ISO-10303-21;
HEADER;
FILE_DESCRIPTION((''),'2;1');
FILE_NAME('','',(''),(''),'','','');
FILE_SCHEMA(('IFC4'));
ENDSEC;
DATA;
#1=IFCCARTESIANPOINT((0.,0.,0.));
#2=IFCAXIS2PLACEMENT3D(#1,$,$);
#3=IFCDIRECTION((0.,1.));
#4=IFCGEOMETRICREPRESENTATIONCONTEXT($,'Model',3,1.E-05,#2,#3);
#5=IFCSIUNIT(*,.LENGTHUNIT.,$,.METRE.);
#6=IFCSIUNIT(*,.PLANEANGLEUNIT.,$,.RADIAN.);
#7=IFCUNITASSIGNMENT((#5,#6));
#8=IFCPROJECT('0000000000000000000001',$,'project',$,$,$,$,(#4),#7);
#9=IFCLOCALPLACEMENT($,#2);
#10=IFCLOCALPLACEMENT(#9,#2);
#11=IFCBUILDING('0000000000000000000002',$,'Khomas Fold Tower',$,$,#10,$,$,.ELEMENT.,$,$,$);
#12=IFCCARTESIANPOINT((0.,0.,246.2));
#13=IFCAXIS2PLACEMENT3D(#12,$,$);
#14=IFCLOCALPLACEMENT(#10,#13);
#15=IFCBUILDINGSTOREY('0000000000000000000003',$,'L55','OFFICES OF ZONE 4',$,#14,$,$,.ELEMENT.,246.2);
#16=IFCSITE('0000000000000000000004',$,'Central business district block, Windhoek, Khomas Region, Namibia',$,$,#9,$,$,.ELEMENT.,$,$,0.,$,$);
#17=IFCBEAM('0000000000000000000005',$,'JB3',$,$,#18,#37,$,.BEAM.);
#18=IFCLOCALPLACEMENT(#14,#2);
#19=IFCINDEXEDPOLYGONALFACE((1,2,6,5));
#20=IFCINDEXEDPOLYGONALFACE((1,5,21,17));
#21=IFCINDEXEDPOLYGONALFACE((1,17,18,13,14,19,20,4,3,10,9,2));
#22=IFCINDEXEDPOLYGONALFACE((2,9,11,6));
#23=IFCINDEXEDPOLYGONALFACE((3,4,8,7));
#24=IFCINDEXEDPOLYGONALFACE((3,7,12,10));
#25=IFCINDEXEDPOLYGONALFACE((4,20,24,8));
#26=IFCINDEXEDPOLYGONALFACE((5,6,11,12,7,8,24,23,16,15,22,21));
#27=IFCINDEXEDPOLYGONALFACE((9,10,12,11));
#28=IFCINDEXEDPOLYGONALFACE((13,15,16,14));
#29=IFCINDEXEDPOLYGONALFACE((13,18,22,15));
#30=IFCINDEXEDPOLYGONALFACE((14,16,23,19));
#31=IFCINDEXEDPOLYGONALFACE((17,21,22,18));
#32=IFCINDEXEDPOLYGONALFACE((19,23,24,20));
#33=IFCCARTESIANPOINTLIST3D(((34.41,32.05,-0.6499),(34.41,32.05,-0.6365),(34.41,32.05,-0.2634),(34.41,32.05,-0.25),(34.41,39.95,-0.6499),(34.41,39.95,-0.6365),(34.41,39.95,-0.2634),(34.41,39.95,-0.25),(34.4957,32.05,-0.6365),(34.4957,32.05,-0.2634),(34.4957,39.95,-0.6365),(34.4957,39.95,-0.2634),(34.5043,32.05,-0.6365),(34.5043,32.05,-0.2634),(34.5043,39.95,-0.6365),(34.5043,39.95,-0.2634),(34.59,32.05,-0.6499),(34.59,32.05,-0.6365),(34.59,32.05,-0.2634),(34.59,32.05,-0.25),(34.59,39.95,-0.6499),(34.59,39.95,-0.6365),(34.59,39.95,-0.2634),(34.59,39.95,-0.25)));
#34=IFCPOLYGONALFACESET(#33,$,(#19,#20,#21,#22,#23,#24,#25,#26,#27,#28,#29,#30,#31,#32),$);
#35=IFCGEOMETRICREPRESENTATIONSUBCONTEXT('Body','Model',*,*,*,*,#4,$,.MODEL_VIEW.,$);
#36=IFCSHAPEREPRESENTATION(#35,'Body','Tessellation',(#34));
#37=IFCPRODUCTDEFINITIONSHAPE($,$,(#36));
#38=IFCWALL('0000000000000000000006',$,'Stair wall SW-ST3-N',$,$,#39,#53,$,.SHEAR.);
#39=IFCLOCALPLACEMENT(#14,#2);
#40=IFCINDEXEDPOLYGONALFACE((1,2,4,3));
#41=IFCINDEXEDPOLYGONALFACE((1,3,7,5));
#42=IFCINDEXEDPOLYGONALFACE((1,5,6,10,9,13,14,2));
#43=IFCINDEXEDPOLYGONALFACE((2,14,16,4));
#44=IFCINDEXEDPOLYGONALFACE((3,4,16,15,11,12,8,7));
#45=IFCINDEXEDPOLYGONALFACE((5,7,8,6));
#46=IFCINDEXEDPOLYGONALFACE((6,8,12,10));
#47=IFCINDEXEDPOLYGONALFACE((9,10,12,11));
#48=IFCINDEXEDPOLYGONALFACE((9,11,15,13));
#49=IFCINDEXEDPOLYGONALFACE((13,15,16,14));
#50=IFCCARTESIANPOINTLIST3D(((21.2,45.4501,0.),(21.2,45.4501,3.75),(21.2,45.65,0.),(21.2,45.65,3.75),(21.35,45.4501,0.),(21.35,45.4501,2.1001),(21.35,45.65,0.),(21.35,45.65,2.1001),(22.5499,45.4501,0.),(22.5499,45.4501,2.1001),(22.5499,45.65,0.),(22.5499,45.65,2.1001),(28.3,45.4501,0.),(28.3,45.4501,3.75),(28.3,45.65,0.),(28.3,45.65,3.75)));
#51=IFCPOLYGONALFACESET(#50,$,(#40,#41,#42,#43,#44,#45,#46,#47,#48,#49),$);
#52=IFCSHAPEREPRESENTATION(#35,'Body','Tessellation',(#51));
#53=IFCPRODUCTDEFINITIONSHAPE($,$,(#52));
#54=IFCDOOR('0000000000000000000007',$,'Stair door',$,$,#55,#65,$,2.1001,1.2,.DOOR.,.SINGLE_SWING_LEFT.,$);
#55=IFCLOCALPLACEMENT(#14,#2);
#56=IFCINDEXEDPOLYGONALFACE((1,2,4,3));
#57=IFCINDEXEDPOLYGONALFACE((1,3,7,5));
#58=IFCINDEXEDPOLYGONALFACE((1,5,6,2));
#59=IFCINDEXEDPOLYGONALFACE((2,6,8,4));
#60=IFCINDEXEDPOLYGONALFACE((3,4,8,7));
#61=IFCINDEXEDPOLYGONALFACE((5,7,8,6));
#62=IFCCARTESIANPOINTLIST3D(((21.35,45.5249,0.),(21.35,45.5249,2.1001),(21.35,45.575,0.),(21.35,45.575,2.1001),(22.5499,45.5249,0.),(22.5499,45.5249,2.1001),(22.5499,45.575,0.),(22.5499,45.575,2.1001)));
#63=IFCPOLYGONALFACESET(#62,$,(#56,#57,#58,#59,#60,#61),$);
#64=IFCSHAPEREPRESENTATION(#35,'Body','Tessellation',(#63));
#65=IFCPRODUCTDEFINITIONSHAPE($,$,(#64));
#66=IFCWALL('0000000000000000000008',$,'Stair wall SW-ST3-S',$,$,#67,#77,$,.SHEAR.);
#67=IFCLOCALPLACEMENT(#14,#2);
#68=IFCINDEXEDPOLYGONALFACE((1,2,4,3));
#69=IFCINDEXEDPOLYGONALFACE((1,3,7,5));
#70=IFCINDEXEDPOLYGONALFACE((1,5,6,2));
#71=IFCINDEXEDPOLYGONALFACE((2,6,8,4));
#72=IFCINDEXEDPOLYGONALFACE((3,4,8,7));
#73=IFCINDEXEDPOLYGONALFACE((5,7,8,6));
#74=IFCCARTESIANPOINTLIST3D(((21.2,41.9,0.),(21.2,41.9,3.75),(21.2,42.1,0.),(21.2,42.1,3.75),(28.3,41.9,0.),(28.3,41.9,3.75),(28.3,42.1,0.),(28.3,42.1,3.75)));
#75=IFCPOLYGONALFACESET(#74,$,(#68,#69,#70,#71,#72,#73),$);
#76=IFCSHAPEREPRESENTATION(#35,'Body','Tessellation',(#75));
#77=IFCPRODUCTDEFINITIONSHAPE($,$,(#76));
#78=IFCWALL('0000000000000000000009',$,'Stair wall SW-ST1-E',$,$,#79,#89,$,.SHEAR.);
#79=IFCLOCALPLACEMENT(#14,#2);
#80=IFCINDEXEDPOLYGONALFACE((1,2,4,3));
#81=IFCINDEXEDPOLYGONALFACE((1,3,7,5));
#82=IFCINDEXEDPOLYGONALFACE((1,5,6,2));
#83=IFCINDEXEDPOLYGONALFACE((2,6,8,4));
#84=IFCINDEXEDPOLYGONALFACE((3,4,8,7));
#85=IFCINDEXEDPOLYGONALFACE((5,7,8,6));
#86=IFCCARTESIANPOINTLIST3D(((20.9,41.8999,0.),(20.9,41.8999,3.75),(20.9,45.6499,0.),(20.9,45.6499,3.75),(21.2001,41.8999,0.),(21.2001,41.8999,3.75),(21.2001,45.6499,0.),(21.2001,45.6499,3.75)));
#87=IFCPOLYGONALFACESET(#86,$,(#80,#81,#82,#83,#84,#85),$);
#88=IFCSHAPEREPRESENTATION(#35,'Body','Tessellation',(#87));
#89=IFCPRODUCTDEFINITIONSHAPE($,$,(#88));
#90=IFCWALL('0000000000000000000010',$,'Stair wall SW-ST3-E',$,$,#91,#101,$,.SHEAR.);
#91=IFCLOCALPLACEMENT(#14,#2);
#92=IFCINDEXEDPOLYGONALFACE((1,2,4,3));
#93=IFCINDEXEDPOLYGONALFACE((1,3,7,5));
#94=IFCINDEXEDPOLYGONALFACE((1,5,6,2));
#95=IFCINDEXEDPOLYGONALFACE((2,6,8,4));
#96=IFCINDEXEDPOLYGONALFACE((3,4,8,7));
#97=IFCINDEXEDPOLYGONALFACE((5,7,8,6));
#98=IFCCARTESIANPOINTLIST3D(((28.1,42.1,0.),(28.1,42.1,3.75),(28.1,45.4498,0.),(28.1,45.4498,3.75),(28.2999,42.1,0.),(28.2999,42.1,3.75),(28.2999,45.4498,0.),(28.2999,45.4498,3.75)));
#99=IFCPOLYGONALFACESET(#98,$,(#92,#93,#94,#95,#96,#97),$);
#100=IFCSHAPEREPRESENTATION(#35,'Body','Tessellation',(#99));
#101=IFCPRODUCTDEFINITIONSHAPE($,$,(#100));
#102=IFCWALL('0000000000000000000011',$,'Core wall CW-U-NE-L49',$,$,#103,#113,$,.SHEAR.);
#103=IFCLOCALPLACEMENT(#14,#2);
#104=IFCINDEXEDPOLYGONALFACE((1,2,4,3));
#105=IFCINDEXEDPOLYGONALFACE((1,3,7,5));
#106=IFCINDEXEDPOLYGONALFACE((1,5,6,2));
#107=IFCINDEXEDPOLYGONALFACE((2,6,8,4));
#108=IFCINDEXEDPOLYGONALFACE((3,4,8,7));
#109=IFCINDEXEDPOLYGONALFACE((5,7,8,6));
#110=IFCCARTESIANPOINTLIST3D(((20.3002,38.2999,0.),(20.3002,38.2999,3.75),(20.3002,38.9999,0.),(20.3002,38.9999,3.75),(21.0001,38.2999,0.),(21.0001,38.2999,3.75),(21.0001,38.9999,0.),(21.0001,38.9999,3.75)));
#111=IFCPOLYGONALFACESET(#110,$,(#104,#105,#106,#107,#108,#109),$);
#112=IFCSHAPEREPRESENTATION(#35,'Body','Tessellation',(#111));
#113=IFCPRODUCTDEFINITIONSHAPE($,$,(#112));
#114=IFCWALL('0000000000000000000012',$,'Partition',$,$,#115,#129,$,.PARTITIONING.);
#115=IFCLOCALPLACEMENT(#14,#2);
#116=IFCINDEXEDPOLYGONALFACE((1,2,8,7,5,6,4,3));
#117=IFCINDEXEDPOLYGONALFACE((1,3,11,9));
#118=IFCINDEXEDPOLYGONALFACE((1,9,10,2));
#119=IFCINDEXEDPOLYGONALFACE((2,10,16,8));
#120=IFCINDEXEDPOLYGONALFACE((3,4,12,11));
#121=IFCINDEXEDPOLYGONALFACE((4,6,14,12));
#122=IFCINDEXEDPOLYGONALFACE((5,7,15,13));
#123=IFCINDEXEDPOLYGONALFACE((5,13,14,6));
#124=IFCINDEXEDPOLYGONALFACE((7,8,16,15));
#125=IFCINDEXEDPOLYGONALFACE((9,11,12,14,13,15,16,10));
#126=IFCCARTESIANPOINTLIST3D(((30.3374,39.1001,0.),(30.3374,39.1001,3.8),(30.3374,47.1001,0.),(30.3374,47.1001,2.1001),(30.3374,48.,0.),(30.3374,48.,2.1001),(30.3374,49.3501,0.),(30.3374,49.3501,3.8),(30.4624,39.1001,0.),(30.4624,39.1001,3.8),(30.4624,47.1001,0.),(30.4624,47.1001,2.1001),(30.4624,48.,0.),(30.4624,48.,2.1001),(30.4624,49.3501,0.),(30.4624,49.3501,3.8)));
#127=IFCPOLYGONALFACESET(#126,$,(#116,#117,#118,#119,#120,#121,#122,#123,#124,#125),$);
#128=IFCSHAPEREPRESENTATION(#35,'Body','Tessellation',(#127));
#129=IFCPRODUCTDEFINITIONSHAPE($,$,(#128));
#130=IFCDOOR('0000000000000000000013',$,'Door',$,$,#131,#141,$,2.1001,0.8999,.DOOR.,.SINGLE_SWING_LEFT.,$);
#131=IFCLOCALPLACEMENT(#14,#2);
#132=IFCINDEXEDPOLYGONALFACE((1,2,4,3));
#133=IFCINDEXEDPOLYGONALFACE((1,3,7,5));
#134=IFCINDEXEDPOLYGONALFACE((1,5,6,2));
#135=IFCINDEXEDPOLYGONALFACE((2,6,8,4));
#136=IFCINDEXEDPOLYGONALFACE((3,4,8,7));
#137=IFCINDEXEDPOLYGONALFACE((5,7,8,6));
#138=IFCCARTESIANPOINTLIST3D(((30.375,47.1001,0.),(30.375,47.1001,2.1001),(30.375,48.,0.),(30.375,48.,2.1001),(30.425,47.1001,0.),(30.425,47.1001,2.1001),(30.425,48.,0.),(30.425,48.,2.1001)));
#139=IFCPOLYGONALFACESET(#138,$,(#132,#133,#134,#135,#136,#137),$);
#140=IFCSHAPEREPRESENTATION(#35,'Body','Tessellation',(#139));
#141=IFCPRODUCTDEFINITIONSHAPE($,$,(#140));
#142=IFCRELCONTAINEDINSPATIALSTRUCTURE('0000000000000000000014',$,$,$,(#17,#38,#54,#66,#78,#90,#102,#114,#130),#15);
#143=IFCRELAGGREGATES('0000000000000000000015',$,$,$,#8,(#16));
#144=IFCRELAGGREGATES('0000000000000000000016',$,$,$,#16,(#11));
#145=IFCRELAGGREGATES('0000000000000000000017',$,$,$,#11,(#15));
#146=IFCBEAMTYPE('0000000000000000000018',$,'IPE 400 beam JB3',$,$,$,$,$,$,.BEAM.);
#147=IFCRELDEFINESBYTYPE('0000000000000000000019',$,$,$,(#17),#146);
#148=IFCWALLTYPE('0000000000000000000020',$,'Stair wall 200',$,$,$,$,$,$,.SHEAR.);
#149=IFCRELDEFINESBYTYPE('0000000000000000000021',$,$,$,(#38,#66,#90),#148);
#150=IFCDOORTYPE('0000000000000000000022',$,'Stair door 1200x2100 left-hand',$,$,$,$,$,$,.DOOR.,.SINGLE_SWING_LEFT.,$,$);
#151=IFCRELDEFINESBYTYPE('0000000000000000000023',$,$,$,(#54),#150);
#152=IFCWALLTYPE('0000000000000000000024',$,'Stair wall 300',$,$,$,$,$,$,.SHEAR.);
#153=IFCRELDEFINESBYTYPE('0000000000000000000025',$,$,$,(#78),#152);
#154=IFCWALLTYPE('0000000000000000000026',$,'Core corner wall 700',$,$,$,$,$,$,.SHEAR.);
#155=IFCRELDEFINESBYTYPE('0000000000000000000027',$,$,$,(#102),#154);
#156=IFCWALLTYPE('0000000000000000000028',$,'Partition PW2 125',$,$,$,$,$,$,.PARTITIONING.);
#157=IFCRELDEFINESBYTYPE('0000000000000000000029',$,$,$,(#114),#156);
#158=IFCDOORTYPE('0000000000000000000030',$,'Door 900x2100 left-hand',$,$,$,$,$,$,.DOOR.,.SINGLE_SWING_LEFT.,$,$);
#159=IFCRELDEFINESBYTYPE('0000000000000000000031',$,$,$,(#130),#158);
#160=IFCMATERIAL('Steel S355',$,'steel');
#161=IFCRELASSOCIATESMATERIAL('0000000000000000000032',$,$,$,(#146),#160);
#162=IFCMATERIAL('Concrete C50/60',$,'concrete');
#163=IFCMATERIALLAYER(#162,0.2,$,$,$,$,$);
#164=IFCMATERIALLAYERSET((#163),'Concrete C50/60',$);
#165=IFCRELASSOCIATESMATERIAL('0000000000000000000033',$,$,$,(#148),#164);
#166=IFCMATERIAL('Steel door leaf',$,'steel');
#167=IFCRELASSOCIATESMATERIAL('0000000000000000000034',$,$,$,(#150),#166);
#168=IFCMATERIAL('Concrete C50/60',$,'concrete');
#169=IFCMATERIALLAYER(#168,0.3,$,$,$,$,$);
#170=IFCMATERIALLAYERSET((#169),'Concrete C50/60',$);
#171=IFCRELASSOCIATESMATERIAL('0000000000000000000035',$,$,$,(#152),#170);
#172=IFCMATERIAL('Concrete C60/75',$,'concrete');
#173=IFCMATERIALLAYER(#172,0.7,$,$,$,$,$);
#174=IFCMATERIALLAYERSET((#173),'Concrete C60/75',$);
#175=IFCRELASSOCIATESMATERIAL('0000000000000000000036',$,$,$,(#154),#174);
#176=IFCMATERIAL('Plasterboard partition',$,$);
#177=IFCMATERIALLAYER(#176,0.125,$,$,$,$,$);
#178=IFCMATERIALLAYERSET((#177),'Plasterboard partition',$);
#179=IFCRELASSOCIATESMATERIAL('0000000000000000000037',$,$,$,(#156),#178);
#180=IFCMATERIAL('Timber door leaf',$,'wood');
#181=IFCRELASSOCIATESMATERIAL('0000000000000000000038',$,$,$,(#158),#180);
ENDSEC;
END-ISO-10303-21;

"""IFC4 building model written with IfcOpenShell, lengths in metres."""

from ifc_helpers import new_model, si_unit, direction, frame, frame_2d, origin, origin_2d, place, context, subcontext, project, spatial, rectangle, i_section, extrude, source, transform, mapped, material, layer, layer_set, material_profile, profile_set, type_object, element, fill, save


model = new_model("IFC4")

# Units and contexts
model_context = context("Model", 3, precision=1e-05, world=origin(), true_north=direction((0.0, 1.0)))
body_context = subcontext(model_context, "Body", "Model", "MODEL_VIEW")
ifc_project = project(units=[si_unit("LENGTHUNIT", "METRE"), si_unit("PLANEANGLEUNIT", "RADIAN")], contexts=[model_context])

# Site, building, storey
site_placement = place(None, origin())
site = spatial("IfcSite", under=ifc_project, at=site_placement, Name="Central business district block, Windhoek, Khomas Region, Namibia", CompositionType="ELEMENT", RefElevation=0.0)
building_placement = place(site_placement, origin())
building = spatial("IfcBuilding", under=site, at=building_placement, Name="Khomas Fold Tower", CompositionType="ELEMENT")
storey_placement = place(building_placement, frame((0.0, 0.0, 246.2)))
storey = spatial("IfcBuildingStorey", under=building, at=storey_placement, Name="L55", Description="OFFICES OF ZONE 4", CompositionType="ELEMENT", Elevation=246.2)

# Beam
ifc_material_1 = material(Name="Steel S355", Category="steel")
ifc_material_profile_1 = material_profile(ifc_material_1, i_section(OverallWidth=0.1799, OverallDepth=0.3999, WebThickness=0.0085, FlangeThickness=0.0134, at=origin_2d()), Name="IPE 400")
ifc_profile_set_1 = profile_set([ifc_material_profile_1], Name="Steel S355")
beam_type_1 = type_object("IfcBeamType", Name="IPE 400 beam JB3", PredefinedType="BEAM", material=ifc_profile_set_1)
shared_shape_1 = source(origin(), body_context, "Body", "SweptSolid", [
    extrude(i_section(OverallWidth=0.1799, OverallDepth=0.3999, WebThickness=0.0085, FlangeThickness=0.0134, at=origin_2d()), origin(), (0.0, 0.0, 1.0), 7.8999),
])
beam_1_placement = place(storey_placement, frame((34.5, 32.05, -0.45), z_axis=(0.0, 1.0, 0.0), x_axis=(-1.0, 0.0, 0.0)))
element("IfcBeam", 1, at=beam_1_placement, inside=storey, type_object=beam_type_1, Name="JB3", PredefinedType="BEAM", context=body_context, shape_type="MappedRepresentation", body=[
    mapped(shared_shape_1, transform((0.0, 0.0, 0.0))),
])

# Wall, opening, door
ifc_material_2 = material(Name="Concrete C50/60", Category="concrete")
ifc_layer_1 = layer(ifc_material_2, 0.2)
ifc_layer_set_1 = layer_set([ifc_layer_1], Name="Concrete C50/60")
wall_type_1 = type_object("IfcWallType", Name="Stair wall 200", PredefinedType="SHEAR", material=ifc_layer_set_1)
shared_shape_2 = source(origin(), body_context, "Body", "SweptSolid", [
    extrude(rectangle(XDim=7.1001, YDim=0.2, at=frame_2d((3.55, 0.0))), origin(), (0.0, 0.0, 1.0), 3.75),
])
wall_1_placement = place(storey_placement, frame((21.2, 45.55, 0.0), z_axis=(0.0, 0.0, 1.0), x_axis=(1.0, 0.0, 0.0)))
wall_1 = element("IfcWall", 2, at=wall_1_placement, inside=storey, type_object=wall_type_1, Name="Stair wall SW-ST3-N", PredefinedType="SHEAR", context=body_context, shape_type="MappedRepresentation", body=[
    mapped(shared_shape_2, transform((0.0, 0.0, 0.0))),
])
shared_shape_3 = source(origin(), body_context, "Body", "SweptSolid", [
    extrude(rectangle(XDim=1.2, YDim=2.1001, at=frame_2d((0.6001, 1.05))), frame((0.0, 0.1099, 0.0), z_axis=(0.0, -1.0, 0.0), x_axis=(1.0, 0.0, 0.0)), (0.0, 0.0, 1.0), 0.22),
])
opening_1_placement = place(wall_1_placement, frame((0.1499, 0.0, 0.0)))
opening_1 = element("IfcOpeningElement", 3, at=opening_1_placement, cuts=wall_1, PredefinedType="OPENING", context=body_context, shape_type="MappedRepresentation", body=[
    mapped(shared_shape_3, transform((0.0, 0.0, 0.0))),
])
ifc_material_3 = material(Name="Steel door leaf", Category="steel")
door_type_1 = type_object("IfcDoorType", Name="Stair door 1200x2100 left-hand", OperationType="SINGLE_SWING_LEFT", PredefinedType="DOOR", material=ifc_material_3)
shared_shape_4 = source(origin(), body_context, "Body", "SweptSolid", [
    extrude(rectangle(XDim=1.2, YDim=2.1001, at=frame_2d((0.6001, 1.05))), frame((0.0, 0.0249, 0.0), z_axis=(0.0, -1.0, 0.0), x_axis=(1.0, 0.0, 0.0)), (0.0, 0.0, 1.0), 0.05),
])
door_1_placement = place(opening_1_placement, origin())
door_1 = element("IfcDoor", 4, at=door_1_placement, inside=storey, type_object=door_type_1, Name="Stair door", OperationType="SINGLE_SWING_LEFT", OverallHeight=2.1001, OverallWidth=1.2, PredefinedType="DOOR", context=body_context, shape_type="MappedRepresentation", body=[
    mapped(shared_shape_4, transform((0.0, 0.0, 0.0))),
])
fill(opening_1, door_1)

# Walls
wall_2_placement = place(storey_placement, frame((21.2, 42.0, 0.0), z_axis=(0.0, 0.0, 1.0), x_axis=(1.0, 0.0, 0.0)))
element("IfcWall", 5, at=wall_2_placement, inside=storey, type_object=wall_type_1, Name="Stair wall SW-ST3-S", PredefinedType="SHEAR", context=body_context, shape_type="MappedRepresentation", body=[
    mapped(shared_shape_2, transform((0.0, 0.0, 0.0))),
])
ifc_material_4 = material(Name="Concrete C50/60", Category="concrete")
ifc_layer_2 = layer(ifc_material_4, 0.3)
ifc_layer_set_2 = layer_set([ifc_layer_2], Name="Concrete C50/60")
wall_type_2 = type_object("IfcWallType", Name="Stair wall 300", PredefinedType="SHEAR", material=ifc_layer_set_2)
shared_shape_5 = source(origin(), body_context, "Body", "SweptSolid", [
    extrude(rectangle(XDim=3.75, YDim=0.3, at=frame_2d((1.875, 0.0))), origin(), (0.0, 0.0, 1.0), 3.75),
])
wall_3_placement = place(storey_placement, frame((21.05, 41.8999, 0.0), z_axis=(0.0, 0.0, 1.0), x_axis=(0.0, 1.0, 0.0)))
element("IfcWall", 6, at=wall_3_placement, inside=storey, type_object=wall_type_2, Name="Stair wall SW-ST1-E", PredefinedType="SHEAR", context=body_context, shape_type="MappedRepresentation", body=[
    mapped(shared_shape_5, transform((0.0, 0.0, 0.0))),
])
shared_shape_6 = source(origin(), body_context, "Body", "SweptSolid", [
    extrude(rectangle(XDim=3.3499, YDim=0.2, at=frame_2d((1.6748, 0.0))), origin(), (0.0, 0.0, 1.0), 3.75),
])
wall_4_placement = place(storey_placement, frame((28.2, 42.1001, 0.0), z_axis=(0.0, 0.0, 1.0), x_axis=(0.0, 1.0, 0.0)))
element("IfcWall", 7, at=wall_4_placement, inside=storey, type_object=wall_type_1, Name="Stair wall SW-ST3-E", PredefinedType="SHEAR", context=body_context, shape_type="MappedRepresentation", body=[
    mapped(shared_shape_6, transform((0.0, 0.0, 0.0))),
])
ifc_material_5 = material(Name="Concrete C60/75", Category="concrete")
ifc_layer_3 = layer(ifc_material_5, 0.7)
ifc_layer_set_3 = layer_set([ifc_layer_3], Name="Concrete C60/75")
wall_type_3 = type_object("IfcWallType", Name="Core corner wall 700", PredefinedType="SHEAR", material=ifc_layer_set_3)
shared_shape_7 = source(origin(), body_context, "Body", "SweptSolid", [
    extrude(rectangle(XDim=0.7, YDim=0.7, at=frame_2d((0.3501, 0.0))), origin(), (0.0, 0.0, 1.0), 3.75),
])
wall_5_placement = place(storey_placement, frame((20.3, 38.6499, 0.0), z_axis=(0.0, 0.0, 1.0), x_axis=(1.0, 0.0, 0.0)))
element("IfcWall", 8, at=wall_5_placement, inside=storey, type_object=wall_type_3, Name="Core wall CW-U-NE-L49", PredefinedType="SHEAR", context=body_context, shape_type="MappedRepresentation", body=[
    mapped(shared_shape_7, transform((0.0, 0.0, 0.0))),
])

# Wall, opening, door
ifc_material_6 = material(Name="Plasterboard partition")
ifc_layer_4 = layer(ifc_material_6, 0.125)
ifc_layer_set_4 = layer_set([ifc_layer_4], Name="Plasterboard partition")
wall_type_4 = type_object("IfcWallType", Name="Partition PW2 125", PredefinedType="PARTITIONING", material=ifc_layer_set_4)
shared_shape_8 = source(origin(), body_context, "Body", "SweptSolid", [
    extrude(rectangle(XDim=10.25, YDim=0.125, at=frame_2d((5.125, 0.0))), origin(), (0.0, 0.0, 1.0), 3.8),
])
wall_6_placement = place(storey_placement, frame((30.3999, 39.1001, 0.0), z_axis=(0.0, 0.0, 1.0), x_axis=(0.0, 1.0, 0.0)))
wall_6 = element("IfcWall", 9, at=wall_6_placement, inside=storey, type_object=wall_type_4, Name="Partition", PredefinedType="PARTITIONING", context=body_context, shape_type="MappedRepresentation", body=[
    mapped(shared_shape_8, transform((0.0, 0.0, 0.0))),
])
shared_shape_9 = source(origin(), body_context, "Body", "SweptSolid", [
    extrude(rectangle(XDim=0.8999, YDim=2.1001, at=frame_2d((0.45, 1.05))), frame((0.0, 0.0725, 0.0), z_axis=(0.0, -1.0, 0.0), x_axis=(1.0, 0.0, 0.0)), (0.0, 0.0, 1.0), 0.145),
])
opening_2_placement = place(wall_6_placement, frame((8.0, 0.0, 0.0)))
opening_2 = element("IfcOpeningElement", 10, at=opening_2_placement, cuts=wall_6, PredefinedType="OPENING", context=body_context, shape_type="MappedRepresentation", body=[
    mapped(shared_shape_9, transform((0.0, 0.0, 0.0))),
])
ifc_material_7 = material(Name="Timber door leaf", Category="wood")
door_type_2 = type_object("IfcDoorType", Name="Door 900x2100 left-hand", OperationType="SINGLE_SWING_LEFT", PredefinedType="DOOR", material=ifc_material_7)
shared_shape_10 = source(origin(), body_context, "Body", "SweptSolid", [
    extrude(rectangle(XDim=0.8999, YDim=2.1001, at=frame_2d((0.45, 1.05))), frame((0.0, 0.0249, 0.0), z_axis=(0.0, -1.0, 0.0), x_axis=(1.0, 0.0, 0.0)), (0.0, 0.0, 1.0), 0.05),
])
door_2_placement = place(opening_2_placement, origin())
door_2 = element("IfcDoor", 11, at=door_2_placement, inside=storey, type_object=door_type_2, Name="Door", OperationType="SINGLE_SWING_LEFT", OverallHeight=2.1001, OverallWidth=0.8999, PredefinedType="DOOR", context=body_context, shape_type="MappedRepresentation", body=[
    mapped(shared_shape_10, transform((0.0, 0.0, 0.0))),
])
fill(opening_2, door_2)

save(model, "model.ifc")
